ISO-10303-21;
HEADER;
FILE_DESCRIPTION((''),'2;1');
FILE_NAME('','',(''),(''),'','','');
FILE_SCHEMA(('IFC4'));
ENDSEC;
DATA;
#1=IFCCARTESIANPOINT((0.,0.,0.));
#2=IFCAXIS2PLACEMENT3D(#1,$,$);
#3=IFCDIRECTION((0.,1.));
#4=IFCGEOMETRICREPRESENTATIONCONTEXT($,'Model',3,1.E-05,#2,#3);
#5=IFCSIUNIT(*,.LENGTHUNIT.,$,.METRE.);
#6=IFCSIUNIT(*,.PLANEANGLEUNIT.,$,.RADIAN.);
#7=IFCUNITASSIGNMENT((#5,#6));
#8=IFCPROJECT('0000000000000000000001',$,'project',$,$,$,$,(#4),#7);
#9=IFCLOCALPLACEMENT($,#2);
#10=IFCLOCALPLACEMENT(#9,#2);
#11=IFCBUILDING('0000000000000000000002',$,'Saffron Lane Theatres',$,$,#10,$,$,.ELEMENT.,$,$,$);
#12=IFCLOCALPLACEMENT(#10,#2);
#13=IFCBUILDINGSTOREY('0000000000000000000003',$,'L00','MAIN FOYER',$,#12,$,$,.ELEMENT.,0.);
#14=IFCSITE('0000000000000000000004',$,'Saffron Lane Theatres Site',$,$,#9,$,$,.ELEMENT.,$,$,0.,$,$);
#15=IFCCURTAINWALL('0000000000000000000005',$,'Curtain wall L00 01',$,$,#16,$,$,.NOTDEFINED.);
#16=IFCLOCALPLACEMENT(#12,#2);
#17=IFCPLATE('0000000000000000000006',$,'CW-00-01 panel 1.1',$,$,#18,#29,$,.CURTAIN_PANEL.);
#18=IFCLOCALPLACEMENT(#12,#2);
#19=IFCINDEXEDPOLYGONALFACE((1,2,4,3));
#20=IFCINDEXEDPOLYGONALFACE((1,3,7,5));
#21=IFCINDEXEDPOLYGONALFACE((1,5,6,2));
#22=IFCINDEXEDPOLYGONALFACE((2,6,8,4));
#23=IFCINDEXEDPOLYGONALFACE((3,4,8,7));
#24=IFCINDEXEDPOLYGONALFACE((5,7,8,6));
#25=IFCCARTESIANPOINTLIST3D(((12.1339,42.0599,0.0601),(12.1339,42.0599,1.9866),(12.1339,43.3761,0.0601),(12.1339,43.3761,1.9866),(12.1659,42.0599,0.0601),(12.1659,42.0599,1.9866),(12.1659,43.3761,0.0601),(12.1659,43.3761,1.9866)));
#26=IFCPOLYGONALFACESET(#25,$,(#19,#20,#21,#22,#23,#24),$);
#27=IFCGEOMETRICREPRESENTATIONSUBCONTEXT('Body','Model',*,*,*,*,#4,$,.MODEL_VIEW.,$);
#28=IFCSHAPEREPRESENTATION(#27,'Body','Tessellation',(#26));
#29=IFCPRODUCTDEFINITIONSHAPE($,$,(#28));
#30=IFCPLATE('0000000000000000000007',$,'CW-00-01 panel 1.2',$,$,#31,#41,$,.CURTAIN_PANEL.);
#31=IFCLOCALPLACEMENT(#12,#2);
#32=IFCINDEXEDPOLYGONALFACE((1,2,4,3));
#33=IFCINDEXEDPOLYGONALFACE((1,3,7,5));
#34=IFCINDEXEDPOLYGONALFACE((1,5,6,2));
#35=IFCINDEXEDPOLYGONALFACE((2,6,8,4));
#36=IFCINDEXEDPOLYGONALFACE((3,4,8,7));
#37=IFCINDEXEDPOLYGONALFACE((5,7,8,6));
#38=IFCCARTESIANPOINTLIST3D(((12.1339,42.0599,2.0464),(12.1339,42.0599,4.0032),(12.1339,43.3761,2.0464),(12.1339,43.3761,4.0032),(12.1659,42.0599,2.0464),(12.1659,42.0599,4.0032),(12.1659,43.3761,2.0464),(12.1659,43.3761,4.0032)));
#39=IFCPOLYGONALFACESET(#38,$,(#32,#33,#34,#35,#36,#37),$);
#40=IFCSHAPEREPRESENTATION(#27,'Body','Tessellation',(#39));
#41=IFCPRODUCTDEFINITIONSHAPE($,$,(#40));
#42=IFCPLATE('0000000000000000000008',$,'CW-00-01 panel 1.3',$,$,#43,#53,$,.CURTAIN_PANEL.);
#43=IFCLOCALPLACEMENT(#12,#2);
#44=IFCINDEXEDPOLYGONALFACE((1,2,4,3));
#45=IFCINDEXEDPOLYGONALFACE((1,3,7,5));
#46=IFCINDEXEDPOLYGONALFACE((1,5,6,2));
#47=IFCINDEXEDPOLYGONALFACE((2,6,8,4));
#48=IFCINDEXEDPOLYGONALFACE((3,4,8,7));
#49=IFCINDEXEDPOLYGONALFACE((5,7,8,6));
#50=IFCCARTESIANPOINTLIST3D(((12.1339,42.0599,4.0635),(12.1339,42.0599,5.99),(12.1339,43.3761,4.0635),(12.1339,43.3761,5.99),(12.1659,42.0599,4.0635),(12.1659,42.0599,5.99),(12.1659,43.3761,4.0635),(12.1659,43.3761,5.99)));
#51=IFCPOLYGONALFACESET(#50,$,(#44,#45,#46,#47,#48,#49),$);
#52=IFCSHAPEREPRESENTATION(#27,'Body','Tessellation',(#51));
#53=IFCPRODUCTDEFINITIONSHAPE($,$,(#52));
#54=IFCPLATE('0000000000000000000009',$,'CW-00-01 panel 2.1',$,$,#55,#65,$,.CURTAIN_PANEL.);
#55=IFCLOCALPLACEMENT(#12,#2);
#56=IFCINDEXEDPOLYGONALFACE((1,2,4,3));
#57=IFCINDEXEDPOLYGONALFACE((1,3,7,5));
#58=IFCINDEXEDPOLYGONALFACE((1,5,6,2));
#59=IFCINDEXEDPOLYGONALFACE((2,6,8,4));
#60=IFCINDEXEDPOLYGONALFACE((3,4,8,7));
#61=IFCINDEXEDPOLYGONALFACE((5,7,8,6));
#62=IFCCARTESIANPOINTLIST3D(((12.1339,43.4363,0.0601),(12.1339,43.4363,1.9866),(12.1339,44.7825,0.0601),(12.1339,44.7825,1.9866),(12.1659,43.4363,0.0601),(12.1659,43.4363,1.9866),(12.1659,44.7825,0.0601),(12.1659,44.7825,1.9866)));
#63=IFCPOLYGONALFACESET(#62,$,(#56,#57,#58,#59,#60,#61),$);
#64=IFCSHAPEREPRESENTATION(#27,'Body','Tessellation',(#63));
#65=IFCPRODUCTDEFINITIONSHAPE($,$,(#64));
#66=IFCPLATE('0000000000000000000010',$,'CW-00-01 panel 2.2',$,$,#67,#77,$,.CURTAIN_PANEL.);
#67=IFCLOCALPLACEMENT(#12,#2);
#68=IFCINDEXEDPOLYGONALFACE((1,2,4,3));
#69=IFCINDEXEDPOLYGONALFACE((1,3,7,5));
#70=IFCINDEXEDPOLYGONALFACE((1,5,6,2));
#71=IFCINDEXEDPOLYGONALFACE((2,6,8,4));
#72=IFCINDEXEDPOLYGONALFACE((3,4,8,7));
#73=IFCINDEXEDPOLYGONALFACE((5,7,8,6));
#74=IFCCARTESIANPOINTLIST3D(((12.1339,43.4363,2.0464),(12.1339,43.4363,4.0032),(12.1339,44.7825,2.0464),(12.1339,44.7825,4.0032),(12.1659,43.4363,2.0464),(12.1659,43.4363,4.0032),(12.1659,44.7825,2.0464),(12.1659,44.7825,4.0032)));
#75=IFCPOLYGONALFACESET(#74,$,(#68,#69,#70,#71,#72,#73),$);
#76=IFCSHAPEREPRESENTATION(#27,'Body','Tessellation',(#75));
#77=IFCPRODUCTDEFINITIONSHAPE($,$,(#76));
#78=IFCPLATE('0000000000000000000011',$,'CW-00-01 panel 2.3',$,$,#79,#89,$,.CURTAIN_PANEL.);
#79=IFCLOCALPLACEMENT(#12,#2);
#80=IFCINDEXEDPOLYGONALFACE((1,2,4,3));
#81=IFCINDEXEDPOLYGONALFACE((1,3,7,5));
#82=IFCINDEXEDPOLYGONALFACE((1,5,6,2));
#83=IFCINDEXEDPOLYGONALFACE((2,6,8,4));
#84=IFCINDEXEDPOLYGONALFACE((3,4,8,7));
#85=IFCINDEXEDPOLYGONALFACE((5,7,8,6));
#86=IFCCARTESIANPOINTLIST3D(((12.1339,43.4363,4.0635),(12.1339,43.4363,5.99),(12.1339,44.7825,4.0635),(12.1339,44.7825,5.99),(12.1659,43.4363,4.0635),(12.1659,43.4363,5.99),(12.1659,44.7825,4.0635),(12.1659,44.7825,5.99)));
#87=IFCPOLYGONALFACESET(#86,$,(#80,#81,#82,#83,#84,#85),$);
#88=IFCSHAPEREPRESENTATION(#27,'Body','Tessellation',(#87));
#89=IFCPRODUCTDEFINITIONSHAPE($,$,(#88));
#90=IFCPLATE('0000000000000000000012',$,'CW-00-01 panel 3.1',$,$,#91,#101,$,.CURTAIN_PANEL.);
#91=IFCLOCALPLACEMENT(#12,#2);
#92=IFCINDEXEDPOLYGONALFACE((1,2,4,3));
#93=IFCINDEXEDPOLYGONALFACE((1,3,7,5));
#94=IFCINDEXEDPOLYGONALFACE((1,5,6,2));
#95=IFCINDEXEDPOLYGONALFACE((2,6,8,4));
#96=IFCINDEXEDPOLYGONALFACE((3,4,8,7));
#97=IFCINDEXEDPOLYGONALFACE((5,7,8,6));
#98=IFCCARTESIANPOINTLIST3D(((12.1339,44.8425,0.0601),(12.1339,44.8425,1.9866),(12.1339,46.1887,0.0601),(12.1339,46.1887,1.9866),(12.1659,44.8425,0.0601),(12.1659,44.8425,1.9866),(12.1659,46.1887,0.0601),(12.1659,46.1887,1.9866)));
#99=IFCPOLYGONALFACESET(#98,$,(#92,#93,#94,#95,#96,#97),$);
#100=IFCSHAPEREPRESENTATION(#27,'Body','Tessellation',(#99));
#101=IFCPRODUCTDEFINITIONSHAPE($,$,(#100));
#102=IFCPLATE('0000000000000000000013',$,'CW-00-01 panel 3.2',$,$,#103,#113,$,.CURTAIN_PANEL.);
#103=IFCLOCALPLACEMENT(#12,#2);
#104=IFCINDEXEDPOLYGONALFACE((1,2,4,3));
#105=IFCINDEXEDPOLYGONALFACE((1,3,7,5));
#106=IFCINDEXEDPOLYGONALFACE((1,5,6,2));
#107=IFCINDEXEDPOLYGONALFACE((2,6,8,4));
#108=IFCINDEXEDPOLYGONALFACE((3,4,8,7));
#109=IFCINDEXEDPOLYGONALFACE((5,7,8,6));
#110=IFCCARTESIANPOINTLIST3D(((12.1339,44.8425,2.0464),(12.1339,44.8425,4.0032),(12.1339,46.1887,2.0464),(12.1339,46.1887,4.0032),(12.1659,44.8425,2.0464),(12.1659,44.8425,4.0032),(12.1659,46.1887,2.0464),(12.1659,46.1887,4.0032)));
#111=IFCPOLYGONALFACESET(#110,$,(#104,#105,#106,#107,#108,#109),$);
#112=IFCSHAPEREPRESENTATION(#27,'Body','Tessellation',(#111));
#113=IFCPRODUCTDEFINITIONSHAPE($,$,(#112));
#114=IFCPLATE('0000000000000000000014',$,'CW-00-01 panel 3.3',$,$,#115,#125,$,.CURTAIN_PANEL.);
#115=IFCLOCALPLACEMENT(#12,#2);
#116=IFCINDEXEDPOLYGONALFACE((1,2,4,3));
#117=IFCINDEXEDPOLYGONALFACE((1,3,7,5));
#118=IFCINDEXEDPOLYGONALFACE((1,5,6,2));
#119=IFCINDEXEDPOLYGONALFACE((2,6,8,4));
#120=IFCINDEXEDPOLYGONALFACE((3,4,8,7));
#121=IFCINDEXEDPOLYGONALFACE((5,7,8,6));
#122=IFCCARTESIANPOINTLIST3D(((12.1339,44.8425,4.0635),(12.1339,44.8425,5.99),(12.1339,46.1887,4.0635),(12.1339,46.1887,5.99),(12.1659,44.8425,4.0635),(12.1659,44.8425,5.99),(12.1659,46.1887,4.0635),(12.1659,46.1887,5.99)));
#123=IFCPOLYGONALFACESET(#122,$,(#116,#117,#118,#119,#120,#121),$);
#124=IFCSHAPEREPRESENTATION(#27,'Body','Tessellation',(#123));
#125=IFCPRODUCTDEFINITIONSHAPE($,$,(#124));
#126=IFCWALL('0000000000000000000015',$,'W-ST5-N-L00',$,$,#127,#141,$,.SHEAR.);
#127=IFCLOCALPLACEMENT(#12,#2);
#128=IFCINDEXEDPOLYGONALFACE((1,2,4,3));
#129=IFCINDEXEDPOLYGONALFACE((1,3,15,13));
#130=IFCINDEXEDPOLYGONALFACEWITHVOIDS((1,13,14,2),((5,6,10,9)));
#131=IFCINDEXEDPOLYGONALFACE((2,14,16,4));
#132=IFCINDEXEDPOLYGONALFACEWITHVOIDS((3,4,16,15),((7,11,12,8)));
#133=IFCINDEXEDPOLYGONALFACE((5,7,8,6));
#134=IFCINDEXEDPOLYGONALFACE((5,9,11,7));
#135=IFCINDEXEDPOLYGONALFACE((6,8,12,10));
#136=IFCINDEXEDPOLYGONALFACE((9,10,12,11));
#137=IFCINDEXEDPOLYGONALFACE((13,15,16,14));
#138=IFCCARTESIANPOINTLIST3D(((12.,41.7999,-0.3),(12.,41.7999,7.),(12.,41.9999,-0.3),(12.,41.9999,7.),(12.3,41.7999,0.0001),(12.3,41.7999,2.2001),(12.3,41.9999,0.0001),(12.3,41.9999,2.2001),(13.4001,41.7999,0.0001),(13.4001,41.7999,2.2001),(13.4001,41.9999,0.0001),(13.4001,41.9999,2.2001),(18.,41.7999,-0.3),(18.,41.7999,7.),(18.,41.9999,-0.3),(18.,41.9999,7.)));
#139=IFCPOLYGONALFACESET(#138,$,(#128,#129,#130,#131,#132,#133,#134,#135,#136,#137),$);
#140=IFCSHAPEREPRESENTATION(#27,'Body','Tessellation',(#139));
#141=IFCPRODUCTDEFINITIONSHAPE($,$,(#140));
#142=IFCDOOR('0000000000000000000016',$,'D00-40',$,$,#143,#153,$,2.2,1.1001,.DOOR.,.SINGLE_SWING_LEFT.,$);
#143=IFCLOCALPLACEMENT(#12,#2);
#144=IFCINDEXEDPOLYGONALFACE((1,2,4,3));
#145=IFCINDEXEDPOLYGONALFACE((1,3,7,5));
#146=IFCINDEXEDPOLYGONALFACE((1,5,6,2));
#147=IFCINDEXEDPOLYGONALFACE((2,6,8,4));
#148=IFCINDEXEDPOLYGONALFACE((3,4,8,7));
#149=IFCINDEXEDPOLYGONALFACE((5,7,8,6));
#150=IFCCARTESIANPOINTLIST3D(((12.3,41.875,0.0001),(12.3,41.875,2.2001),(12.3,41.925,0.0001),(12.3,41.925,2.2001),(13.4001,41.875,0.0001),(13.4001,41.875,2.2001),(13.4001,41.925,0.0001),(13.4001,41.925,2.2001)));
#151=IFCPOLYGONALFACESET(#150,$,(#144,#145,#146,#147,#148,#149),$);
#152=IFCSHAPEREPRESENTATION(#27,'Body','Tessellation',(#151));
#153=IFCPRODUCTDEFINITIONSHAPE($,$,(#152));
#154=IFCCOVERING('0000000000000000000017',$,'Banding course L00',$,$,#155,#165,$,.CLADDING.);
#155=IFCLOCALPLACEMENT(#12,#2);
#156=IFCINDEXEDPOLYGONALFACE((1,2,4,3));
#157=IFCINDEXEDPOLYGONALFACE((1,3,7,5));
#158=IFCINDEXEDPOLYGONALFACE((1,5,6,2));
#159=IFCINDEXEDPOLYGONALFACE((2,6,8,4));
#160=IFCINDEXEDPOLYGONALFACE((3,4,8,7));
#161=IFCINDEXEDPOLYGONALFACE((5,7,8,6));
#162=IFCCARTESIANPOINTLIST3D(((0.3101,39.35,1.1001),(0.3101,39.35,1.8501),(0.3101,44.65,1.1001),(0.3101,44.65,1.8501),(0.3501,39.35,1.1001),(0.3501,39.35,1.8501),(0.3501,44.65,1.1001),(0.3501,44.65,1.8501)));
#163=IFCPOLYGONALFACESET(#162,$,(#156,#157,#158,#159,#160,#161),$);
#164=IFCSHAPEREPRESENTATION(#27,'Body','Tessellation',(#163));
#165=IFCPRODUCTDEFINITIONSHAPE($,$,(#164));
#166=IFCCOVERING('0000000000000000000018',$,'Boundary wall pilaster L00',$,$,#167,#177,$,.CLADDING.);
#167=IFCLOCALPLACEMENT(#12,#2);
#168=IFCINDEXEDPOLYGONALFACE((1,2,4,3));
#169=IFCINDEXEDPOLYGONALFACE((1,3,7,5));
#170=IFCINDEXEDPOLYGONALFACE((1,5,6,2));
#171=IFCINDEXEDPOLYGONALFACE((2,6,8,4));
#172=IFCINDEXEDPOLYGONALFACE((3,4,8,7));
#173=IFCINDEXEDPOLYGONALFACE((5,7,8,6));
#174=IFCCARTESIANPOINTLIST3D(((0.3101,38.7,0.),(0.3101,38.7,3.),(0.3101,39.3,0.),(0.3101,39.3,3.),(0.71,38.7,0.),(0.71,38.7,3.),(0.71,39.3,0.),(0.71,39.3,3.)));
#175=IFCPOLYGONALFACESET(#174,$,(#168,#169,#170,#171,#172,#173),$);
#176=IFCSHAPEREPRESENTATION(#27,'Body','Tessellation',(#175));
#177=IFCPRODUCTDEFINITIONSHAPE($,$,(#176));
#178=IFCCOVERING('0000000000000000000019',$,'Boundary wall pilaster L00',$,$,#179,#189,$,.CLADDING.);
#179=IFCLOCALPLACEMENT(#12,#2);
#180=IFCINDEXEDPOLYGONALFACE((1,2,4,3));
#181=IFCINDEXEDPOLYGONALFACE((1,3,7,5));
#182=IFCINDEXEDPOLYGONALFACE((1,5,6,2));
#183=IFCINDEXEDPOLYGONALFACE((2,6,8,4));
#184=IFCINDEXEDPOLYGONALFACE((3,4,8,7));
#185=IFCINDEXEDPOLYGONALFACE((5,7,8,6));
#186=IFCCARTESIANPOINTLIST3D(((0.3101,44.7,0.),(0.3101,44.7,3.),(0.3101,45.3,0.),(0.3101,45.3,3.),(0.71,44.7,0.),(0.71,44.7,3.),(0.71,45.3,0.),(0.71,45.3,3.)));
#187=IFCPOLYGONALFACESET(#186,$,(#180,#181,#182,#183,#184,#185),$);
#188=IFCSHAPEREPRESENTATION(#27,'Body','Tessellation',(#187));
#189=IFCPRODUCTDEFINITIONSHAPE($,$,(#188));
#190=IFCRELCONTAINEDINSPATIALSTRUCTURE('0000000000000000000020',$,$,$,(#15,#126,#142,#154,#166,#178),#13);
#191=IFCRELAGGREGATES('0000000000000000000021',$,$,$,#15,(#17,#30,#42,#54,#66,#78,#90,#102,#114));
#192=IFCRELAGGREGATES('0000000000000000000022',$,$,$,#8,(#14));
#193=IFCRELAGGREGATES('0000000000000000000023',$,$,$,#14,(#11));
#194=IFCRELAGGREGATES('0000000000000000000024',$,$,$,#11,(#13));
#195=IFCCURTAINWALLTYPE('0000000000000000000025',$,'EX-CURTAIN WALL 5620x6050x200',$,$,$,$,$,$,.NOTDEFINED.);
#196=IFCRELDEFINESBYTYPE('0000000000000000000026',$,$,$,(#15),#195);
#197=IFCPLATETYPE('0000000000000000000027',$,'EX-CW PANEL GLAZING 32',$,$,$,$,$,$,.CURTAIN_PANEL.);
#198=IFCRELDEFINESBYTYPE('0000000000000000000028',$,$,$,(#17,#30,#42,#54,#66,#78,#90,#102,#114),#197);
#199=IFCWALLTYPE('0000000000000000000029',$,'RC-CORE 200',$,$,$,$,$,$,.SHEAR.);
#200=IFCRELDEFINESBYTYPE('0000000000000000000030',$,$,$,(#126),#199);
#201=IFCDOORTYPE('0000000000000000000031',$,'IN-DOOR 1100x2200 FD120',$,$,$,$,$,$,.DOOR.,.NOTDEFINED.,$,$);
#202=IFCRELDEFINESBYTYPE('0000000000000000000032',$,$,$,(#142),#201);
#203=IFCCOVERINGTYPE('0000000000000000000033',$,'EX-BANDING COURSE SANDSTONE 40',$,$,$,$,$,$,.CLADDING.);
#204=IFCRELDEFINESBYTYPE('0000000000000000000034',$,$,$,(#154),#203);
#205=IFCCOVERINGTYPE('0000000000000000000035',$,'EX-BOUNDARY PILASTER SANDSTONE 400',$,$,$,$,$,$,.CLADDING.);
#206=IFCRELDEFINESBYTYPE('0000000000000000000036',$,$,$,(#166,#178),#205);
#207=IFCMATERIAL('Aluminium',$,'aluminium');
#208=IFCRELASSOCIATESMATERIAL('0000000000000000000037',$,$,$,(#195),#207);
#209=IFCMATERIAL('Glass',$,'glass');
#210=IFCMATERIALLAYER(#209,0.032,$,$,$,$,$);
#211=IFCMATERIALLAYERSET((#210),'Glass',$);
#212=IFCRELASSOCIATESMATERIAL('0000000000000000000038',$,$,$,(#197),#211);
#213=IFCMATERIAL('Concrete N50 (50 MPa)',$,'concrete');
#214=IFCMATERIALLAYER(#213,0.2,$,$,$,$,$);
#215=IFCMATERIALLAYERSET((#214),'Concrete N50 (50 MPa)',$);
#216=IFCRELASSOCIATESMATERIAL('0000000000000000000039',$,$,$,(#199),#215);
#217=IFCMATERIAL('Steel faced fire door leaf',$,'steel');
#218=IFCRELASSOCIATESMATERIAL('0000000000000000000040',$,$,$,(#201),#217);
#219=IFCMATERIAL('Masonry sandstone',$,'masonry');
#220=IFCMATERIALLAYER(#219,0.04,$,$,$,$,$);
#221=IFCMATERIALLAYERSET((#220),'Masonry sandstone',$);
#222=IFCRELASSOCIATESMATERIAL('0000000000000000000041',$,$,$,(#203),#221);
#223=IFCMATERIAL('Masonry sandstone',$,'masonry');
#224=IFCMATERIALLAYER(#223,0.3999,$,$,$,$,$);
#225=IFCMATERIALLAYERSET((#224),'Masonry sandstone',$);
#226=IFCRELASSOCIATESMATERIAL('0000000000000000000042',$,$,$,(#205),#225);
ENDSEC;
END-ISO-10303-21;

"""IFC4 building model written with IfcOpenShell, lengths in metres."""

from ifc_helpers import new_model, si_unit, direction, frame, frame_2d, origin, origin_2d, place, context, subcontext, project, spatial, rectangle, extrude, material, layer, layer_set, type_object, element, fill, aggregate, save


model = new_model("IFC4")

# Units and contexts
model_context = context("Model", 3, precision=1e-05, world=origin(), true_north=direction((0.0, 1.0)))
body_context = subcontext(model_context, "Body", "Model", "MODEL_VIEW")
ifc_project = project(units=[si_unit("LENGTHUNIT", "METRE"), si_unit("PLANEANGLEUNIT", "RADIAN")], contexts=[model_context])

# Site, building, storey
site_placement = place(None, origin())
site = spatial("IfcSite", under=ifc_project, at=site_placement, Name="Saffron Lane Theatres Site", CompositionType="ELEMENT", RefElevation=0.0)
building_placement = place(site_placement, origin())
building = spatial("IfcBuilding", under=site, at=building_placement, Name="Saffron Lane Theatres", CompositionType="ELEMENT")
storey_placement = place(building_placement, origin())
storey = spatial("IfcBuildingStorey", under=building, at=storey_placement, Name="L00", Description="MAIN FOYER", CompositionType="ELEMENT", Elevation=0.0)

# Curtain wall, plates
ifc_material_1 = material(Name="Aluminium", Category="aluminium")
curtain_wall_type = type_object("IfcCurtainWallType", Name="EX-CURTAIN WALL 5620x6050x200", PredefinedType="NOTDEFINED", material=ifc_material_1)
curtain_wall_placement = place(storey_placement, origin())
curtain_wall = element("IfcCurtainWall", 1, at=curtain_wall_placement, inside=storey, type_object=curtain_wall_type, Name="Curtain wall L00 01", PredefinedType="NOTDEFINED")
ifc_material_2 = material(Name="Glass", Category="glass")
ifc_layer_1 = layer(ifc_material_2, 0.032)
ifc_layer_set_1 = layer_set([ifc_layer_1], Name="Glass")
plate_type = type_object("IfcPlateType", Name="EX-CW PANEL GLAZING 32", PredefinedType="CURTAIN_PANEL", material=ifc_layer_set_1)
plate_1_placement = place(storey_placement, frame((12.1499, 42.718, 0.0601), z_axis=(0.0, 0.0, 1.0), x_axis=(0.0, 1.0, 0.0)))
plate_1 = element("IfcPlate", 2, at=plate_1_placement, type_object=plate_type, Name="CW-00-01 panel 1.1", PredefinedType="CURTAIN_PANEL", context=body_context, shape_type="SweptSolid", body=[
    extrude(rectangle(XDim=1.3162, YDim=0.032, at=origin_2d()), origin(), (0.0, 0.0, 1.0), 1.9265),
])
plate_2_placement = place(storey_placement, frame((12.1499, 42.718, 2.0464), z_axis=(0.0, 0.0, 1.0), x_axis=(0.0, 1.0, 0.0)))
plate_2 = element("IfcPlate", 3, at=plate_2_placement, type_object=plate_type, Name="CW-00-01 panel 1.2", PredefinedType="CURTAIN_PANEL", context=body_context, shape_type="SweptSolid", body=[
    extrude(rectangle(XDim=1.3162, YDim=0.032, at=origin_2d()), origin(), (0.0, 0.0, 1.0), 1.9568),
])
plate_3_placement = place(storey_placement, frame((12.1499, 42.718, 4.0635), z_axis=(0.0, 0.0, 1.0), x_axis=(0.0, 1.0, 0.0)))
plate_3 = element("IfcPlate", 4, at=plate_3_placement, type_object=plate_type, Name="CW-00-01 panel 1.3", PredefinedType="CURTAIN_PANEL", context=body_context, shape_type="SweptSolid", body=[
    extrude(rectangle(XDim=1.3162, YDim=0.032, at=origin_2d()), origin(), (0.0, 0.0, 1.0), 1.9265),
])
plate_4_placement = place(storey_placement, frame((12.1499, 44.1094, 0.0601), z_axis=(0.0, 0.0, 1.0), x_axis=(0.0, 1.0, 0.0)))
plate_4 = element("IfcPlate", 5, at=plate_4_placement, type_object=plate_type, Name="CW-00-01 panel 2.1", PredefinedType="CURTAIN_PANEL", context=body_context, shape_type="SweptSolid", body=[
    extrude(rectangle(XDim=1.3462, YDim=0.032, at=origin_2d()), origin(), (0.0, 0.0, 1.0), 1.9265),
])
plate_5_placement = place(storey_placement, frame((12.1499, 44.1094, 2.0464), z_axis=(0.0, 0.0, 1.0), x_axis=(0.0, 1.0, 0.0)))
plate_5 = element("IfcPlate", 6, at=plate_5_placement, type_object=plate_type, Name="CW-00-01 panel 2.2", PredefinedType="CURTAIN_PANEL", context=body_context, shape_type="SweptSolid", body=[
    extrude(rectangle(XDim=1.3462, YDim=0.032, at=origin_2d()), origin(), (0.0, 0.0, 1.0), 1.9568),
])
plate_6_placement = place(storey_placement, frame((12.1499, 44.1094, 4.0635), z_axis=(0.0, 0.0, 1.0), x_axis=(0.0, 1.0, 0.0)))
plate_6 = element("IfcPlate", 7, at=plate_6_placement, type_object=plate_type, Name="CW-00-01 panel 2.3", PredefinedType="CURTAIN_PANEL", context=body_context, shape_type="SweptSolid", body=[
    extrude(rectangle(XDim=1.3462, YDim=0.032, at=origin_2d()), origin(), (0.0, 0.0, 1.0), 1.9265),
])
plate_7_placement = place(storey_placement, frame((12.1499, 45.5156, 0.0601), z_axis=(0.0, 0.0, 1.0), x_axis=(0.0, 1.0, 0.0)))
plate_7 = element("IfcPlate", 8, at=plate_7_placement, type_object=plate_type, Name="CW-00-01 panel 3.1", PredefinedType="CURTAIN_PANEL", context=body_context, shape_type="SweptSolid", body=[
    extrude(rectangle(XDim=1.3462, YDim=0.032, at=origin_2d()), origin(), (0.0, 0.0, 1.0), 1.9265),
])
plate_8_placement = place(storey_placement, frame((12.1499, 45.5156, 2.0464), z_axis=(0.0, 0.0, 1.0), x_axis=(0.0, 1.0, 0.0)))
plate_8 = element("IfcPlate", 9, at=plate_8_placement, type_object=plate_type, Name="CW-00-01 panel 3.2", PredefinedType="CURTAIN_PANEL", context=body_context, shape_type="SweptSolid", body=[
    extrude(rectangle(XDim=1.3462, YDim=0.032, at=origin_2d()), origin(), (0.0, 0.0, 1.0), 1.9568),
])
plate_9_placement = place(storey_placement, frame((12.1499, 45.5156, 4.0635), z_axis=(0.0, 0.0, 1.0), x_axis=(0.0, 1.0, 0.0)))
plate_9 = element("IfcPlate", 10, at=plate_9_placement, type_object=plate_type, Name="CW-00-01 panel 3.3", PredefinedType="CURTAIN_PANEL", context=body_context, shape_type="SweptSolid", body=[
    extrude(rectangle(XDim=1.3462, YDim=0.032, at=origin_2d()), origin(), (0.0, 0.0, 1.0), 1.9265),
])
aggregate(curtain_wall, [plate_1, plate_2, plate_3, plate_4, plate_5, plate_6, plate_7, plate_8, plate_9])

# Wall, opening, door
ifc_material_3 = material(Name="Concrete N50 (50 MPa)", Category="concrete")
ifc_layer_2 = layer(ifc_material_3, 0.2)
ifc_layer_set_2 = layer_set([ifc_layer_2], Name="Concrete N50 (50 MPa)")
wall_type = type_object("IfcWallType", Name="RC-CORE 200", PredefinedType="SHEAR", material=ifc_layer_set_2)
wall_placement = place(storey_placement, frame((12.0, 41.8999, -0.3), z_axis=(0.0, 0.0, 1.0), x_axis=(1.0, 0.0, 0.0)))
wall = element("IfcWall", 11, at=wall_placement, inside=storey, type_object=wall_type, Name="W-ST5-N-L00", PredefinedType="SHEAR", context=body_context, shape_type="SweptSolid", body=[
    extrude(rectangle(XDim=6.0, YDim=0.2, at=frame_2d((3.0, 0.0))), origin(), (0.0, 0.0, 1.0), 7.3),
])
opening_placement = place(wall_placement, frame((0.3, 0.0, 0.3)))
opening = element("IfcOpeningElement", 12, at=opening_placement, cuts=wall, PredefinedType="OPENING", context=body_context, shape_type="SweptSolid", body=[
    extrude(rectangle(XDim=1.1001, YDim=2.2, at=frame_2d((0.55, 1.1001))), frame((0.0, 0.1099, 0.0), z_axis=(0.0, -1.0, 0.0), x_axis=(1.0, 0.0, 0.0)), (0.0, 0.0, 1.0), 0.22),
])
ifc_material_4 = material(Name="Steel faced fire door leaf", Category="steel")
door_type = type_object("IfcDoorType", Name="IN-DOOR 1100x2200 FD120", OperationType="NOTDEFINED", PredefinedType="DOOR", material=ifc_material_4)
door_placement = place(opening_placement, frame((1.1001, 0.0, 0.0), z_axis=(0.0, 0.0, 1.0), x_axis=(-1.0, 0.0, 0.0)))
door = element("IfcDoor", 13, at=door_placement, inside=storey, type_object=door_type, Name="D00-40", OperationType="SINGLE_SWING_LEFT", OverallHeight=2.2, OverallWidth=1.1001, PredefinedType="DOOR", context=body_context, shape_type="SweptSolid", body=[
    extrude(rectangle(XDim=1.1001, YDim=2.2, at=frame_2d((0.55, 1.1001))), frame((0.0, 0.0249, 0.0), z_axis=(0.0, -1.0, 0.0), x_axis=(1.0, 0.0, 0.0)), (0.0, 0.0, 1.0), 0.05),
])
fill(opening, door)

# Coverings
ifc_material_5 = material(Name="Masonry sandstone", Category="masonry")
ifc_layer_3 = layer(ifc_material_5, 0.04)
ifc_layer_set_3 = layer_set([ifc_layer_3], Name="Masonry sandstone")
covering_type_1 = type_object("IfcCoveringType", Name="EX-BANDING COURSE SANDSTONE 40", PredefinedType="CLADDING", material=ifc_layer_set_3)
covering_1_placement = place(storey_placement, frame((0.3301, 42.0, 1.1001), z_axis=(0.0, 0.0, 1.0), x_axis=(0.0, 1.0, 0.0)))
element("IfcCovering", 14, at=covering_1_placement, inside=storey, type_object=covering_type_1, Name="Banding course L00", PredefinedType="CLADDING", context=body_context, shape_type="SweptSolid", body=[
    extrude(rectangle(XDim=5.3, YDim=0.04, at=origin_2d()), origin(), (0.0, 0.0, 1.0), 0.75),
])
ifc_material_6 = material(Name="Masonry sandstone", Category="masonry")
ifc_layer_4 = layer(ifc_material_6, 0.3999)
ifc_layer_set_4 = layer_set([ifc_layer_4], Name="Masonry sandstone")
covering_type_2 = type_object("IfcCoveringType", Name="EX-BOUNDARY PILASTER SANDSTONE 400", PredefinedType="CLADDING", material=ifc_layer_set_4)
for number, where, z_axis, x_axis, name in (
    (15, (0.51, 39.0, 0.0), (0.0, 0.0, 1.0), (0.0, 1.0, 0.0), "Boundary wall pilaster L00"),
    (16, (0.51, 45.0, 0.0), (0.0, 0.0, 1.0), (0.0, 1.0, 0.0), "Boundary wall pilaster L00"),
):
    element("IfcCovering", number, at=place(storey_placement, frame(where, z_axis=z_axis, x_axis=x_axis)), inside=storey, type_object=covering_type_2, Name=name, PredefinedType="CLADDING", context=body_context, shape_type="SweptSolid", body=[
        extrude(rectangle(XDim=0.6001, YDim=0.3999, at=origin_2d()), origin(), (0.0, 0.0, 1.0), 3.0),
    ])

save(model, "model.ifc")
